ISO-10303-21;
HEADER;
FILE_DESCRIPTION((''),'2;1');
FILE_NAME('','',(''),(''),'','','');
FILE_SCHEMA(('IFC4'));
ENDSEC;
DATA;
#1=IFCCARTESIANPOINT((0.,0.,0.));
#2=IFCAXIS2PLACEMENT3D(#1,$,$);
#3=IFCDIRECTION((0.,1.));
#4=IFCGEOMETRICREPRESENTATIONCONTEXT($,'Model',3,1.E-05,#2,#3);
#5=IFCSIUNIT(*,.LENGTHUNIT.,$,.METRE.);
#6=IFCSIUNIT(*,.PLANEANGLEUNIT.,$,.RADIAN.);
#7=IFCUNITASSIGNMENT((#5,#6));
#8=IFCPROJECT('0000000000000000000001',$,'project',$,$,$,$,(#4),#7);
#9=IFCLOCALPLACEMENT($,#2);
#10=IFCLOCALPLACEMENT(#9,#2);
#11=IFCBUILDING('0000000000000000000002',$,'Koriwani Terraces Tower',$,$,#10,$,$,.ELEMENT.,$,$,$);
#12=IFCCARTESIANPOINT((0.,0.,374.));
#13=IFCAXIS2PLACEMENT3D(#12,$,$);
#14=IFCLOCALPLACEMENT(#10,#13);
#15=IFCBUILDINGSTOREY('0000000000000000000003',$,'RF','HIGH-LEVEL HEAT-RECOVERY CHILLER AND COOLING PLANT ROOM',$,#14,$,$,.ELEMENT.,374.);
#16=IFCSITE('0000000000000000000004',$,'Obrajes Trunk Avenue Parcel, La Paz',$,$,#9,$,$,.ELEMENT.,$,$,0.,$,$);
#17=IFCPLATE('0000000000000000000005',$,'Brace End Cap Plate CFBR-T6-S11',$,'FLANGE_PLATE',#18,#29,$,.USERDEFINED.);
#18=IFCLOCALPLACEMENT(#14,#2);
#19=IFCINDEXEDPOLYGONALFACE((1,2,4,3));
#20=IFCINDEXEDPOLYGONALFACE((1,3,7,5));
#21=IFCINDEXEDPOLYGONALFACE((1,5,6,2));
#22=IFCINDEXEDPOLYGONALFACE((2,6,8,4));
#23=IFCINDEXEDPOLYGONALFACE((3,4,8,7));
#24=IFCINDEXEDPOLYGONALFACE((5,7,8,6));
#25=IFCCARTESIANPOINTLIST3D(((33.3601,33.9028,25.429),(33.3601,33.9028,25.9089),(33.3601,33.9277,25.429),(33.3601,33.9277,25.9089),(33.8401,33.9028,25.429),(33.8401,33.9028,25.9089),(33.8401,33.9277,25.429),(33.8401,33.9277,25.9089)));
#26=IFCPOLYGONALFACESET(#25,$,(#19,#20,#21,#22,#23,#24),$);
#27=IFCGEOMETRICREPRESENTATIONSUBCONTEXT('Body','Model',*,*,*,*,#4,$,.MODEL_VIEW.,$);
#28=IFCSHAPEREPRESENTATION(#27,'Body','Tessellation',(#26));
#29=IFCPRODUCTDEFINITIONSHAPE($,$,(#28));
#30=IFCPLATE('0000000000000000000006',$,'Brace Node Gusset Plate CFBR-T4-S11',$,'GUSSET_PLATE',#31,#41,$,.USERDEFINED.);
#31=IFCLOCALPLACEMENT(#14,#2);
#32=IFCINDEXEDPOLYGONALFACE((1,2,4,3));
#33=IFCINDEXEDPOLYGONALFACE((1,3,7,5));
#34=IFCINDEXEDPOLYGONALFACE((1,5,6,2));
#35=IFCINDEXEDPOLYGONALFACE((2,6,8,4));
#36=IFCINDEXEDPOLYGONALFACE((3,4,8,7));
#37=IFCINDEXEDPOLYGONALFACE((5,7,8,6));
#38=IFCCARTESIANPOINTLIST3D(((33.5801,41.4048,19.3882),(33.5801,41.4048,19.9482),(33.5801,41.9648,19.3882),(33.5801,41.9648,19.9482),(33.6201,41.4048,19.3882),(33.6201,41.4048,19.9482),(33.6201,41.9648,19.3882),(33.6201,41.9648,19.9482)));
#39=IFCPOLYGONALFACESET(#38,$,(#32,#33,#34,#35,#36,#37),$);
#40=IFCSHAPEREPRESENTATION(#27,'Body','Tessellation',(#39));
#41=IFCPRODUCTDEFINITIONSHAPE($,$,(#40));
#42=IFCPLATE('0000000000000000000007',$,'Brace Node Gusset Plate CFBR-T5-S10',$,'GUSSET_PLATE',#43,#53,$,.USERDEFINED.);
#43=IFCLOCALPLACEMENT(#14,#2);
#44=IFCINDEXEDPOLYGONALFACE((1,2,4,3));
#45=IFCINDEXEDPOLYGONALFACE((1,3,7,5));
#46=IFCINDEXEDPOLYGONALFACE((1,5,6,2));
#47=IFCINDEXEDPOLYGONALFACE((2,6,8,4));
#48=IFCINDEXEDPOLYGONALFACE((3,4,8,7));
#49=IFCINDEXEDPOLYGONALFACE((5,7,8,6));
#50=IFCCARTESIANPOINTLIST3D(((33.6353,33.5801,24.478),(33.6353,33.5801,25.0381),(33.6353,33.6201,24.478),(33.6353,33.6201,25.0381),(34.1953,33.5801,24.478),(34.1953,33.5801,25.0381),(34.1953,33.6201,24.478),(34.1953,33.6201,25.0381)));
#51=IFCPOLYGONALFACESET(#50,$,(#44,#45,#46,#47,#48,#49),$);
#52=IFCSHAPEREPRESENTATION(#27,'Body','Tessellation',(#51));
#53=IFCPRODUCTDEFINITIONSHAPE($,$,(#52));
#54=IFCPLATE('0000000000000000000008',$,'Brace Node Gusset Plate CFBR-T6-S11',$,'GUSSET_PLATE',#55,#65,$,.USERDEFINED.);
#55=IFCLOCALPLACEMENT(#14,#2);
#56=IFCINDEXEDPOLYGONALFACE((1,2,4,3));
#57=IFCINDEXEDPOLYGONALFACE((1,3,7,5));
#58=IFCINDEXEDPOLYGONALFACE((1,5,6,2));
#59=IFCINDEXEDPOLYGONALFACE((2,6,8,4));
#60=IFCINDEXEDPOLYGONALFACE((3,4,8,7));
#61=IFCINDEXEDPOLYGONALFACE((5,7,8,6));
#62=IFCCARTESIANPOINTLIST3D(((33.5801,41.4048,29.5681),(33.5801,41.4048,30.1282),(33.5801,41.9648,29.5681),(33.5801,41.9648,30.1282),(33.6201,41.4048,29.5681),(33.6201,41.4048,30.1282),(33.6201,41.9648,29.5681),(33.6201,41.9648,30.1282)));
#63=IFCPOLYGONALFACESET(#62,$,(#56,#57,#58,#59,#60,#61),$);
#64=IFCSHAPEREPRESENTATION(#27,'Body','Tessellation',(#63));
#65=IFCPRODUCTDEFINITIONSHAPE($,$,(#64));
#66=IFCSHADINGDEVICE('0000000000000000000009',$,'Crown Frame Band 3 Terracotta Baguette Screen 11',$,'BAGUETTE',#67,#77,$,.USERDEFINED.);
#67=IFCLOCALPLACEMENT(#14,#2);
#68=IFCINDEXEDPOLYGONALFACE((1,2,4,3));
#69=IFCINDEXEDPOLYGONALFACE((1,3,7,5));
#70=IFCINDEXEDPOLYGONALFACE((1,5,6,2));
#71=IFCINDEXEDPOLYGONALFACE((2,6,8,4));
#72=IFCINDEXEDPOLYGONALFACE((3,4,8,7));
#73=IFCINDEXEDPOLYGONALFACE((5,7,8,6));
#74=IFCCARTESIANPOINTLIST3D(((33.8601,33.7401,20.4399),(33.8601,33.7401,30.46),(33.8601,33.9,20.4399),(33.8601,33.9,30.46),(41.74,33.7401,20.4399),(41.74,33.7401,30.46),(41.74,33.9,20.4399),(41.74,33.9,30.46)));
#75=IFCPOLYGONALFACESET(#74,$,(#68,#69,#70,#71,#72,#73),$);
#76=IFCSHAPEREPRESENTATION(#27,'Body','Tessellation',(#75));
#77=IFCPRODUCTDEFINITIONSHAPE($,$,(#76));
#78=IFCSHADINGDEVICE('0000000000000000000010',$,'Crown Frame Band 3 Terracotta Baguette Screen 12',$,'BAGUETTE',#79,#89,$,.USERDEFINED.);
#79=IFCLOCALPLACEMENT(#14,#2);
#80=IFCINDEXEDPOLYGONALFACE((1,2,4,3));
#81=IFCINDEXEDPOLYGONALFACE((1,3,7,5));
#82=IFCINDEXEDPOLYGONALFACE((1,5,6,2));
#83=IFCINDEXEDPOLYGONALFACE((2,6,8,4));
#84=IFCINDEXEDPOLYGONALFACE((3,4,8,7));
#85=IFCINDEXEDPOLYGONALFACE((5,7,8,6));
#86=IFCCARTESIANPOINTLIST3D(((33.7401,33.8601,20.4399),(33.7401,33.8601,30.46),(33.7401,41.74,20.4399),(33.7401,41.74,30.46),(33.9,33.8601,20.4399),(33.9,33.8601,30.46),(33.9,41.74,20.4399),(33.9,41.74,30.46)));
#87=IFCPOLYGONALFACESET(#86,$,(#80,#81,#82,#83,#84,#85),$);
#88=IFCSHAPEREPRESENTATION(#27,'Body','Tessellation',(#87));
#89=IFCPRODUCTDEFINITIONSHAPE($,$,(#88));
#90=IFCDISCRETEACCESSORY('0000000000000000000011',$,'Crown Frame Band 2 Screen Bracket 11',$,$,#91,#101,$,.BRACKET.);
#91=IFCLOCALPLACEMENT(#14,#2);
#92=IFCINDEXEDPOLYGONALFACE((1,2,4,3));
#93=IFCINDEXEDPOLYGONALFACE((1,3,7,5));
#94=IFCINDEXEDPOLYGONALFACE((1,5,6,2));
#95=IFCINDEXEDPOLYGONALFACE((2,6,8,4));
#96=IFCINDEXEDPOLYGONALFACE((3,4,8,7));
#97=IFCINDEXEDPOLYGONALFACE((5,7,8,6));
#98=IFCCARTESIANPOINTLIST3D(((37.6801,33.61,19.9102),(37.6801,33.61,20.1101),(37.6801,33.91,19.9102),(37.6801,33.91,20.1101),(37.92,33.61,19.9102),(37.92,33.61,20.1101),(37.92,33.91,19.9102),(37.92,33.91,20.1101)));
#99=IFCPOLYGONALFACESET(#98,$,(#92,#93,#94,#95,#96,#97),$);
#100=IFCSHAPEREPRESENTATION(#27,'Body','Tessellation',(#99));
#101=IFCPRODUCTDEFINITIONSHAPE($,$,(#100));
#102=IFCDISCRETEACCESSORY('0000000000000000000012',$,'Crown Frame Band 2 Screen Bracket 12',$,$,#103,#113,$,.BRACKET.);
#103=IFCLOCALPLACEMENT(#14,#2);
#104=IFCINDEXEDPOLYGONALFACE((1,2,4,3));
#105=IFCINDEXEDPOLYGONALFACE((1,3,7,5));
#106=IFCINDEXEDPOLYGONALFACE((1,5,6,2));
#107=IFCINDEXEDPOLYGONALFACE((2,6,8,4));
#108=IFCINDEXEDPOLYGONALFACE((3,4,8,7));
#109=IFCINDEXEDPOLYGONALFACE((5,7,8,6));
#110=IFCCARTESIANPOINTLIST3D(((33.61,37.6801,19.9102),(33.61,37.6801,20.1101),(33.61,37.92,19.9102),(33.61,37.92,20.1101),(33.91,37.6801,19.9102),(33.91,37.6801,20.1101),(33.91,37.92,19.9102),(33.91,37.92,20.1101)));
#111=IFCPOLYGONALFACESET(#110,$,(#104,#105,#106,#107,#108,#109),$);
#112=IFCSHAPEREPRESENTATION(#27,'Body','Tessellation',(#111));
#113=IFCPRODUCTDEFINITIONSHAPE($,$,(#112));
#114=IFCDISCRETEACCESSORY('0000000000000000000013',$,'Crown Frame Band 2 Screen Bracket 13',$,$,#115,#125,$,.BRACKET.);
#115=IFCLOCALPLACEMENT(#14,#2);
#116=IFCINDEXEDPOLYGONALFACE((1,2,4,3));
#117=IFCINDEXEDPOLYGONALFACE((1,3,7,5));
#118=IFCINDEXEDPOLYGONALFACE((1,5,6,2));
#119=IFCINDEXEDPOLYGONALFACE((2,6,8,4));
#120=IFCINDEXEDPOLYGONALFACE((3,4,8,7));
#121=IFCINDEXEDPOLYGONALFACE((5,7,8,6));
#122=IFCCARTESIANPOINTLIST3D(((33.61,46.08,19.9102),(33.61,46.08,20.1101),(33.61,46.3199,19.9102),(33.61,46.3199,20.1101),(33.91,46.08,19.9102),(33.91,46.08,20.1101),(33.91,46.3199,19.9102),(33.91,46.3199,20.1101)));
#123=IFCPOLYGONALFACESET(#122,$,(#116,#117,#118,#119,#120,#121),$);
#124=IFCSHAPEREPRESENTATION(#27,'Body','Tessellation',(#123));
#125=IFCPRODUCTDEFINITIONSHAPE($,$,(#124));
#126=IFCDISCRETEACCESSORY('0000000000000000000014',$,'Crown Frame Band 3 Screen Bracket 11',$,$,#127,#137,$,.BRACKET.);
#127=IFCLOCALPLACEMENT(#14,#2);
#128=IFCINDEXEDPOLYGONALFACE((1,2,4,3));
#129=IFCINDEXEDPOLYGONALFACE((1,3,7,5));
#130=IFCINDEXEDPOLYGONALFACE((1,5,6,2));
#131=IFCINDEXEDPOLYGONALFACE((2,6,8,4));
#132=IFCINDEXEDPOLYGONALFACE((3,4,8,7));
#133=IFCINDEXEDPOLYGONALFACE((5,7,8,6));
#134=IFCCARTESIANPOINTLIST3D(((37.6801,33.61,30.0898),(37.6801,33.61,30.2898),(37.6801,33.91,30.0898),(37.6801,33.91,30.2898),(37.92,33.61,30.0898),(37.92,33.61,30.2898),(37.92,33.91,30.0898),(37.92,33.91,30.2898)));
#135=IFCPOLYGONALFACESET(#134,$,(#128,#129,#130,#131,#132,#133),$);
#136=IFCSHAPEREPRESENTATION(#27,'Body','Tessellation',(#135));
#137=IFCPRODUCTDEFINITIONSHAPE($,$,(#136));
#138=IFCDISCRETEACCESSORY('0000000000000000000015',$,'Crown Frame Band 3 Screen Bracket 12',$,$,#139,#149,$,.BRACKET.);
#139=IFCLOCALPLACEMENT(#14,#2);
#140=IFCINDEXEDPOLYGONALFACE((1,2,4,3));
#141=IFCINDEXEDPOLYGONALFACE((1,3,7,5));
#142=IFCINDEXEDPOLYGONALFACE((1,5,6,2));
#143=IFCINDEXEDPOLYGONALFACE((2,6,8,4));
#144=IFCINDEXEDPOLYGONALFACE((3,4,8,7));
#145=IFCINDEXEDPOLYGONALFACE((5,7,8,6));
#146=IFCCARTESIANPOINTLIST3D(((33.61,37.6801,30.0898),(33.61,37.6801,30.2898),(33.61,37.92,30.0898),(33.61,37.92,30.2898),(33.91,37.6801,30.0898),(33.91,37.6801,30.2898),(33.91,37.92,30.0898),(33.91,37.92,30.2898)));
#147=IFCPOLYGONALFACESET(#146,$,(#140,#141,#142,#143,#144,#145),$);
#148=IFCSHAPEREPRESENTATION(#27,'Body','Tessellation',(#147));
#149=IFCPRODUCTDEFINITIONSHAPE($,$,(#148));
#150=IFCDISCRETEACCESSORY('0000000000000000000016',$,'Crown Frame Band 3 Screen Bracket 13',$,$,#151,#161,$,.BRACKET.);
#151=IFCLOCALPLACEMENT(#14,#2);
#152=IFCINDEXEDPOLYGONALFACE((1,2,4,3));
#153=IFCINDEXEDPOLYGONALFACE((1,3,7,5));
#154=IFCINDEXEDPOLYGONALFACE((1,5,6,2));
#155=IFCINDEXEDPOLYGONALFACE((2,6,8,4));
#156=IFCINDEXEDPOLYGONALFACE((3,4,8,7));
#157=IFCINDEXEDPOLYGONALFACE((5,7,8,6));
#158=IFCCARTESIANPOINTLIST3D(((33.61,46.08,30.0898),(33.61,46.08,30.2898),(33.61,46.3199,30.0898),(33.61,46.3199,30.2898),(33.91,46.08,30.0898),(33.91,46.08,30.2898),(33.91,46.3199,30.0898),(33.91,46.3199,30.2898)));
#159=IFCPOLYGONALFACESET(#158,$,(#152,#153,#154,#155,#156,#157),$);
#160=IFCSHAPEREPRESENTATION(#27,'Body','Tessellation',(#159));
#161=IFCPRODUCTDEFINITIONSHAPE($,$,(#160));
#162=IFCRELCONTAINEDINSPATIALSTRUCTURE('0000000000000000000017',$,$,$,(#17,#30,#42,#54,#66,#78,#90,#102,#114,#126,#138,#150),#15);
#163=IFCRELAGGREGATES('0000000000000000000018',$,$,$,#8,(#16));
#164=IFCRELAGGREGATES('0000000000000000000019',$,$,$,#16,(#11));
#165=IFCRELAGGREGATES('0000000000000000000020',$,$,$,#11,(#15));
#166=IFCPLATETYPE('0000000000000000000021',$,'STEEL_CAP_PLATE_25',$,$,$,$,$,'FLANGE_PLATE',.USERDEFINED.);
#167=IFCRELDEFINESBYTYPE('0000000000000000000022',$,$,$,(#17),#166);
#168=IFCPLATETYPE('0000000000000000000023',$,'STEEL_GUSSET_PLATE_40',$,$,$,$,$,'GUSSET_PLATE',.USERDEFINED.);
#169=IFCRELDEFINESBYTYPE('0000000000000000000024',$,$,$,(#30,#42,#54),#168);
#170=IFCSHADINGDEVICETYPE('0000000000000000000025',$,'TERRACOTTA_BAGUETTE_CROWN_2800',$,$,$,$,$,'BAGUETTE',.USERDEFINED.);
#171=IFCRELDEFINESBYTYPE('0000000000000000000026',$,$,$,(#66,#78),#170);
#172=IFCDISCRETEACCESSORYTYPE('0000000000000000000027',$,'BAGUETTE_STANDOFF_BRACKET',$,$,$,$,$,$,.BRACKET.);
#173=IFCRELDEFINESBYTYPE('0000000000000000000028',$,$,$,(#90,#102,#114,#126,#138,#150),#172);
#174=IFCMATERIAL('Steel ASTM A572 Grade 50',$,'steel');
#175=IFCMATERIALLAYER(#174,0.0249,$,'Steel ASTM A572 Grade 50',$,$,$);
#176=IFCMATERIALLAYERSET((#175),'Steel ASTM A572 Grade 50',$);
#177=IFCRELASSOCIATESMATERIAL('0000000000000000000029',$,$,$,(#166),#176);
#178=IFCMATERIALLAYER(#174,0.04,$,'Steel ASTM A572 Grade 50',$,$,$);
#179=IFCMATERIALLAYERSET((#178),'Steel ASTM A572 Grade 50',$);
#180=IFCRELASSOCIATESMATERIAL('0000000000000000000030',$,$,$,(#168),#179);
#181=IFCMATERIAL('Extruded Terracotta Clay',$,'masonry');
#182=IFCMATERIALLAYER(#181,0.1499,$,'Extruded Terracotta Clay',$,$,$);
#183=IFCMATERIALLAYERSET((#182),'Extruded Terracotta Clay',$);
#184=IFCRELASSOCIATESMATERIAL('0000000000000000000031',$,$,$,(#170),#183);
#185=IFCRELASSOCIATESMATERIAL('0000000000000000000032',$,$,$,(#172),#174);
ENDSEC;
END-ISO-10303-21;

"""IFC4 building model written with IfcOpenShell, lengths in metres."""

from ifc_helpers import new_model, si_unit, direction, frame, origin, origin_2d, place, context, subcontext, project, spatial, rectangle, extrude, material, layer, layer_set, type_object, element, save


model = new_model("IFC4")

# Units and contexts
model_context = context("Model", 3, precision=1e-05, world=origin(), true_north=direction((0.0, 1.0)))
body_context = subcontext(model_context, "Body", "Model", "MODEL_VIEW")
ifc_project = project(units=[si_unit("LENGTHUNIT", "METRE"), si_unit("PLANEANGLEUNIT", "RADIAN")], contexts=[model_context])

# Site, building, storey
site_placement = place(None, origin())
site = spatial("IfcSite", under=ifc_project, at=site_placement, Name="Obrajes Trunk Avenue Parcel, La Paz", CompositionType="ELEMENT", RefElevation=0.0)
building_placement = place(site_placement, origin())
building = spatial("IfcBuilding", under=site, at=building_placement, Name="Koriwani Terraces Tower", CompositionType="ELEMENT")
storey_placement = place(building_placement, frame((0.0, 0.0, 374.0)))
storey = spatial("IfcBuildingStorey", under=building, at=storey_placement, Name="RF", Description="HIGH-LEVEL HEAT-RECOVERY CHILLER AND COOLING PLANT ROOM", CompositionType="ELEMENT", Elevation=374.0)

# Shared definitions
ifc_material_1 = material(Name="Steel ASTM A572 Grade 50", Category="steel")

# Plates
ifc_layer_1 = layer(ifc_material_1, 0.0249, Name="Steel ASTM A572 Grade 50")
ifc_layer_set_1 = layer_set([ifc_layer_1], Name="Steel ASTM A572 Grade 50")
plate_type_1 = type_object("IfcPlateType", Name="STEEL_CAP_PLATE_25", ElementType="FLANGE_PLATE", PredefinedType="USERDEFINED", material=ifc_layer_set_1)
for number, where, z_axis, x_axis, name in (
    (1, (33.6001, 33.9153, 25.429), (0.0, 0.0, 1.0), (0.0, 1.0, 0.0), "Brace End Cap Plate CFBR-T6-S11"),
):
    element("IfcPlate", number, at=place(storey_placement, frame(where, z_axis=z_axis, x_axis=x_axis)), inside=storey, type_object=plate_type_1, Name=name, ObjectType="FLANGE_PLATE", PredefinedType="USERDEFINED", context=body_context, shape_type="SweptSolid", body=[
        extrude(rectangle(XDim=0.0249, YDim=0.48, at=origin_2d()), origin(), (0.0, 0.0, 1.0), 0.48),
    ])
ifc_layer_2 = layer(ifc_material_1, 0.04, Name="Steel ASTM A572 Grade 50")
ifc_layer_set_2 = layer_set([ifc_layer_2], Name="Steel ASTM A572 Grade 50")
plate_type_2 = type_object("IfcPlateType", Name="STEEL_GUSSET_PLATE_40", ElementType="GUSSET_PLATE", PredefinedType="USERDEFINED", material=ifc_layer_set_2)
for number, where, z_axis, x_axis, name in (
    (2, (33.6001, 41.6848, 19.3882), (0.0, 0.0, 1.0), (0.0, 1.0, 0.0), "Brace Node Gusset Plate CFBR-T4-S11"),
    (3, (33.9153, 33.6001, 24.478), (0.0, 0.0, 1.0), (-1.0, 0.0, 0.0), "Brace Node Gusset Plate CFBR-T5-S10"),
    (4, (33.6001, 41.6848, 29.5681), (0.0, 0.0, 1.0), (0.0, 1.0, 0.0), "Brace Node Gusset Plate CFBR-T6-S11"),
):
    element("IfcPlate", number, at=place(storey_placement, frame(where, z_axis=z_axis, x_axis=x_axis)), inside=storey, type_object=plate_type_2, Name=name, ObjectType="GUSSET_PLATE", PredefinedType="USERDEFINED", context=body_context, shape_type="SweptSolid", body=[
        extrude(rectangle(XDim=0.5601, YDim=0.04, at=origin_2d()), origin(), (0.0, 0.0, 1.0), 0.5601),
    ])

# Shading devices
ifc_material_2 = material(Name="Extruded Terracotta Clay", Category="masonry")
ifc_layer_3 = layer(ifc_material_2, 0.1499, Name="Extruded Terracotta Clay")
ifc_layer_set_3 = layer_set([ifc_layer_3], Name="Extruded Terracotta Clay")
shading_device_type = type_object("IfcShadingDeviceType", Name="TERRACOTTA_BAGUETTE_CROWN_2800", ElementType="BAGUETTE", PredefinedType="USERDEFINED", material=ifc_layer_set_3)
for number, where, z_axis, x_axis, name in (
    (5, (37.8, 33.8201, 20.4399), (0.0, 0.0, 1.0), (-1.0, 0.0, 0.0), "Crown Frame Band 3 Terracotta Baguette Screen 11"),
    (6, (33.8201, 37.8, 20.4399), (0.0, 0.0, 1.0), (0.0, 1.0, 0.0), "Crown Frame Band 3 Terracotta Baguette Screen 12"),
):
    element("IfcShadingDevice", number, at=place(storey_placement, frame(where, z_axis=z_axis, x_axis=x_axis)), inside=storey, type_object=shading_device_type, Name=name, ObjectType="BAGUETTE", PredefinedType="USERDEFINED", context=body_context, shape_type="SweptSolid", body=[
        extrude(rectangle(XDim=7.8799, YDim=0.1599, at=origin_2d()), origin(), (0.0, 0.0, 1.0), 10.02),
    ])

# Discrete accessories
discrete_accessory_type = type_object("IfcDiscreteAccessoryType", Name="BAGUETTE_STANDOFF_BRACKET", PredefinedType="BRACKET", material=ifc_material_1)
for number, where, z_axis, x_axis, name in (
    (7, (37.8, 33.76, 19.9102), (0.0, 0.0, 1.0), (-1.0, 0.0, 0.0), "Crown Frame Band 2 Screen Bracket 11"),
    (8, (33.76, 37.8, 19.9102), (0.0, 0.0, 1.0), (0.0, 1.0, 0.0), "Crown Frame Band 2 Screen Bracket 12"),
    (9, (33.76, 46.2, 19.9102), (0.0, 0.0, 1.0), (0.0, 1.0, 0.0), "Crown Frame Band 2 Screen Bracket 13"),
    (10, (37.8, 33.76, 30.0898), (0.0, 0.0, 1.0), (-1.0, 0.0, 0.0), "Crown Frame Band 3 Screen Bracket 11"),
    (11, (33.76, 37.8, 30.0898), (0.0, 0.0, 1.0), (0.0, 1.0, 0.0), "Crown Frame Band 3 Screen Bracket 12"),
    (12, (33.76, 46.2, 30.0898), (0.0, 0.0, 1.0), (0.0, 1.0, 0.0), "Crown Frame Band 3 Screen Bracket 13"),
):
    element("IfcDiscreteAccessory", number, at=place(storey_placement, frame(where, z_axis=z_axis, x_axis=x_axis)), inside=storey, type_object=discrete_accessory_type, Name=name, PredefinedType="BRACKET", context=body_context, shape_type="SweptSolid", body=[
        extrude(rectangle(XDim=0.24, YDim=0.3, at=origin_2d()), origin(), (0.0, 0.0, 1.0), 0.2),
    ])

save(model, "model.ifc")
